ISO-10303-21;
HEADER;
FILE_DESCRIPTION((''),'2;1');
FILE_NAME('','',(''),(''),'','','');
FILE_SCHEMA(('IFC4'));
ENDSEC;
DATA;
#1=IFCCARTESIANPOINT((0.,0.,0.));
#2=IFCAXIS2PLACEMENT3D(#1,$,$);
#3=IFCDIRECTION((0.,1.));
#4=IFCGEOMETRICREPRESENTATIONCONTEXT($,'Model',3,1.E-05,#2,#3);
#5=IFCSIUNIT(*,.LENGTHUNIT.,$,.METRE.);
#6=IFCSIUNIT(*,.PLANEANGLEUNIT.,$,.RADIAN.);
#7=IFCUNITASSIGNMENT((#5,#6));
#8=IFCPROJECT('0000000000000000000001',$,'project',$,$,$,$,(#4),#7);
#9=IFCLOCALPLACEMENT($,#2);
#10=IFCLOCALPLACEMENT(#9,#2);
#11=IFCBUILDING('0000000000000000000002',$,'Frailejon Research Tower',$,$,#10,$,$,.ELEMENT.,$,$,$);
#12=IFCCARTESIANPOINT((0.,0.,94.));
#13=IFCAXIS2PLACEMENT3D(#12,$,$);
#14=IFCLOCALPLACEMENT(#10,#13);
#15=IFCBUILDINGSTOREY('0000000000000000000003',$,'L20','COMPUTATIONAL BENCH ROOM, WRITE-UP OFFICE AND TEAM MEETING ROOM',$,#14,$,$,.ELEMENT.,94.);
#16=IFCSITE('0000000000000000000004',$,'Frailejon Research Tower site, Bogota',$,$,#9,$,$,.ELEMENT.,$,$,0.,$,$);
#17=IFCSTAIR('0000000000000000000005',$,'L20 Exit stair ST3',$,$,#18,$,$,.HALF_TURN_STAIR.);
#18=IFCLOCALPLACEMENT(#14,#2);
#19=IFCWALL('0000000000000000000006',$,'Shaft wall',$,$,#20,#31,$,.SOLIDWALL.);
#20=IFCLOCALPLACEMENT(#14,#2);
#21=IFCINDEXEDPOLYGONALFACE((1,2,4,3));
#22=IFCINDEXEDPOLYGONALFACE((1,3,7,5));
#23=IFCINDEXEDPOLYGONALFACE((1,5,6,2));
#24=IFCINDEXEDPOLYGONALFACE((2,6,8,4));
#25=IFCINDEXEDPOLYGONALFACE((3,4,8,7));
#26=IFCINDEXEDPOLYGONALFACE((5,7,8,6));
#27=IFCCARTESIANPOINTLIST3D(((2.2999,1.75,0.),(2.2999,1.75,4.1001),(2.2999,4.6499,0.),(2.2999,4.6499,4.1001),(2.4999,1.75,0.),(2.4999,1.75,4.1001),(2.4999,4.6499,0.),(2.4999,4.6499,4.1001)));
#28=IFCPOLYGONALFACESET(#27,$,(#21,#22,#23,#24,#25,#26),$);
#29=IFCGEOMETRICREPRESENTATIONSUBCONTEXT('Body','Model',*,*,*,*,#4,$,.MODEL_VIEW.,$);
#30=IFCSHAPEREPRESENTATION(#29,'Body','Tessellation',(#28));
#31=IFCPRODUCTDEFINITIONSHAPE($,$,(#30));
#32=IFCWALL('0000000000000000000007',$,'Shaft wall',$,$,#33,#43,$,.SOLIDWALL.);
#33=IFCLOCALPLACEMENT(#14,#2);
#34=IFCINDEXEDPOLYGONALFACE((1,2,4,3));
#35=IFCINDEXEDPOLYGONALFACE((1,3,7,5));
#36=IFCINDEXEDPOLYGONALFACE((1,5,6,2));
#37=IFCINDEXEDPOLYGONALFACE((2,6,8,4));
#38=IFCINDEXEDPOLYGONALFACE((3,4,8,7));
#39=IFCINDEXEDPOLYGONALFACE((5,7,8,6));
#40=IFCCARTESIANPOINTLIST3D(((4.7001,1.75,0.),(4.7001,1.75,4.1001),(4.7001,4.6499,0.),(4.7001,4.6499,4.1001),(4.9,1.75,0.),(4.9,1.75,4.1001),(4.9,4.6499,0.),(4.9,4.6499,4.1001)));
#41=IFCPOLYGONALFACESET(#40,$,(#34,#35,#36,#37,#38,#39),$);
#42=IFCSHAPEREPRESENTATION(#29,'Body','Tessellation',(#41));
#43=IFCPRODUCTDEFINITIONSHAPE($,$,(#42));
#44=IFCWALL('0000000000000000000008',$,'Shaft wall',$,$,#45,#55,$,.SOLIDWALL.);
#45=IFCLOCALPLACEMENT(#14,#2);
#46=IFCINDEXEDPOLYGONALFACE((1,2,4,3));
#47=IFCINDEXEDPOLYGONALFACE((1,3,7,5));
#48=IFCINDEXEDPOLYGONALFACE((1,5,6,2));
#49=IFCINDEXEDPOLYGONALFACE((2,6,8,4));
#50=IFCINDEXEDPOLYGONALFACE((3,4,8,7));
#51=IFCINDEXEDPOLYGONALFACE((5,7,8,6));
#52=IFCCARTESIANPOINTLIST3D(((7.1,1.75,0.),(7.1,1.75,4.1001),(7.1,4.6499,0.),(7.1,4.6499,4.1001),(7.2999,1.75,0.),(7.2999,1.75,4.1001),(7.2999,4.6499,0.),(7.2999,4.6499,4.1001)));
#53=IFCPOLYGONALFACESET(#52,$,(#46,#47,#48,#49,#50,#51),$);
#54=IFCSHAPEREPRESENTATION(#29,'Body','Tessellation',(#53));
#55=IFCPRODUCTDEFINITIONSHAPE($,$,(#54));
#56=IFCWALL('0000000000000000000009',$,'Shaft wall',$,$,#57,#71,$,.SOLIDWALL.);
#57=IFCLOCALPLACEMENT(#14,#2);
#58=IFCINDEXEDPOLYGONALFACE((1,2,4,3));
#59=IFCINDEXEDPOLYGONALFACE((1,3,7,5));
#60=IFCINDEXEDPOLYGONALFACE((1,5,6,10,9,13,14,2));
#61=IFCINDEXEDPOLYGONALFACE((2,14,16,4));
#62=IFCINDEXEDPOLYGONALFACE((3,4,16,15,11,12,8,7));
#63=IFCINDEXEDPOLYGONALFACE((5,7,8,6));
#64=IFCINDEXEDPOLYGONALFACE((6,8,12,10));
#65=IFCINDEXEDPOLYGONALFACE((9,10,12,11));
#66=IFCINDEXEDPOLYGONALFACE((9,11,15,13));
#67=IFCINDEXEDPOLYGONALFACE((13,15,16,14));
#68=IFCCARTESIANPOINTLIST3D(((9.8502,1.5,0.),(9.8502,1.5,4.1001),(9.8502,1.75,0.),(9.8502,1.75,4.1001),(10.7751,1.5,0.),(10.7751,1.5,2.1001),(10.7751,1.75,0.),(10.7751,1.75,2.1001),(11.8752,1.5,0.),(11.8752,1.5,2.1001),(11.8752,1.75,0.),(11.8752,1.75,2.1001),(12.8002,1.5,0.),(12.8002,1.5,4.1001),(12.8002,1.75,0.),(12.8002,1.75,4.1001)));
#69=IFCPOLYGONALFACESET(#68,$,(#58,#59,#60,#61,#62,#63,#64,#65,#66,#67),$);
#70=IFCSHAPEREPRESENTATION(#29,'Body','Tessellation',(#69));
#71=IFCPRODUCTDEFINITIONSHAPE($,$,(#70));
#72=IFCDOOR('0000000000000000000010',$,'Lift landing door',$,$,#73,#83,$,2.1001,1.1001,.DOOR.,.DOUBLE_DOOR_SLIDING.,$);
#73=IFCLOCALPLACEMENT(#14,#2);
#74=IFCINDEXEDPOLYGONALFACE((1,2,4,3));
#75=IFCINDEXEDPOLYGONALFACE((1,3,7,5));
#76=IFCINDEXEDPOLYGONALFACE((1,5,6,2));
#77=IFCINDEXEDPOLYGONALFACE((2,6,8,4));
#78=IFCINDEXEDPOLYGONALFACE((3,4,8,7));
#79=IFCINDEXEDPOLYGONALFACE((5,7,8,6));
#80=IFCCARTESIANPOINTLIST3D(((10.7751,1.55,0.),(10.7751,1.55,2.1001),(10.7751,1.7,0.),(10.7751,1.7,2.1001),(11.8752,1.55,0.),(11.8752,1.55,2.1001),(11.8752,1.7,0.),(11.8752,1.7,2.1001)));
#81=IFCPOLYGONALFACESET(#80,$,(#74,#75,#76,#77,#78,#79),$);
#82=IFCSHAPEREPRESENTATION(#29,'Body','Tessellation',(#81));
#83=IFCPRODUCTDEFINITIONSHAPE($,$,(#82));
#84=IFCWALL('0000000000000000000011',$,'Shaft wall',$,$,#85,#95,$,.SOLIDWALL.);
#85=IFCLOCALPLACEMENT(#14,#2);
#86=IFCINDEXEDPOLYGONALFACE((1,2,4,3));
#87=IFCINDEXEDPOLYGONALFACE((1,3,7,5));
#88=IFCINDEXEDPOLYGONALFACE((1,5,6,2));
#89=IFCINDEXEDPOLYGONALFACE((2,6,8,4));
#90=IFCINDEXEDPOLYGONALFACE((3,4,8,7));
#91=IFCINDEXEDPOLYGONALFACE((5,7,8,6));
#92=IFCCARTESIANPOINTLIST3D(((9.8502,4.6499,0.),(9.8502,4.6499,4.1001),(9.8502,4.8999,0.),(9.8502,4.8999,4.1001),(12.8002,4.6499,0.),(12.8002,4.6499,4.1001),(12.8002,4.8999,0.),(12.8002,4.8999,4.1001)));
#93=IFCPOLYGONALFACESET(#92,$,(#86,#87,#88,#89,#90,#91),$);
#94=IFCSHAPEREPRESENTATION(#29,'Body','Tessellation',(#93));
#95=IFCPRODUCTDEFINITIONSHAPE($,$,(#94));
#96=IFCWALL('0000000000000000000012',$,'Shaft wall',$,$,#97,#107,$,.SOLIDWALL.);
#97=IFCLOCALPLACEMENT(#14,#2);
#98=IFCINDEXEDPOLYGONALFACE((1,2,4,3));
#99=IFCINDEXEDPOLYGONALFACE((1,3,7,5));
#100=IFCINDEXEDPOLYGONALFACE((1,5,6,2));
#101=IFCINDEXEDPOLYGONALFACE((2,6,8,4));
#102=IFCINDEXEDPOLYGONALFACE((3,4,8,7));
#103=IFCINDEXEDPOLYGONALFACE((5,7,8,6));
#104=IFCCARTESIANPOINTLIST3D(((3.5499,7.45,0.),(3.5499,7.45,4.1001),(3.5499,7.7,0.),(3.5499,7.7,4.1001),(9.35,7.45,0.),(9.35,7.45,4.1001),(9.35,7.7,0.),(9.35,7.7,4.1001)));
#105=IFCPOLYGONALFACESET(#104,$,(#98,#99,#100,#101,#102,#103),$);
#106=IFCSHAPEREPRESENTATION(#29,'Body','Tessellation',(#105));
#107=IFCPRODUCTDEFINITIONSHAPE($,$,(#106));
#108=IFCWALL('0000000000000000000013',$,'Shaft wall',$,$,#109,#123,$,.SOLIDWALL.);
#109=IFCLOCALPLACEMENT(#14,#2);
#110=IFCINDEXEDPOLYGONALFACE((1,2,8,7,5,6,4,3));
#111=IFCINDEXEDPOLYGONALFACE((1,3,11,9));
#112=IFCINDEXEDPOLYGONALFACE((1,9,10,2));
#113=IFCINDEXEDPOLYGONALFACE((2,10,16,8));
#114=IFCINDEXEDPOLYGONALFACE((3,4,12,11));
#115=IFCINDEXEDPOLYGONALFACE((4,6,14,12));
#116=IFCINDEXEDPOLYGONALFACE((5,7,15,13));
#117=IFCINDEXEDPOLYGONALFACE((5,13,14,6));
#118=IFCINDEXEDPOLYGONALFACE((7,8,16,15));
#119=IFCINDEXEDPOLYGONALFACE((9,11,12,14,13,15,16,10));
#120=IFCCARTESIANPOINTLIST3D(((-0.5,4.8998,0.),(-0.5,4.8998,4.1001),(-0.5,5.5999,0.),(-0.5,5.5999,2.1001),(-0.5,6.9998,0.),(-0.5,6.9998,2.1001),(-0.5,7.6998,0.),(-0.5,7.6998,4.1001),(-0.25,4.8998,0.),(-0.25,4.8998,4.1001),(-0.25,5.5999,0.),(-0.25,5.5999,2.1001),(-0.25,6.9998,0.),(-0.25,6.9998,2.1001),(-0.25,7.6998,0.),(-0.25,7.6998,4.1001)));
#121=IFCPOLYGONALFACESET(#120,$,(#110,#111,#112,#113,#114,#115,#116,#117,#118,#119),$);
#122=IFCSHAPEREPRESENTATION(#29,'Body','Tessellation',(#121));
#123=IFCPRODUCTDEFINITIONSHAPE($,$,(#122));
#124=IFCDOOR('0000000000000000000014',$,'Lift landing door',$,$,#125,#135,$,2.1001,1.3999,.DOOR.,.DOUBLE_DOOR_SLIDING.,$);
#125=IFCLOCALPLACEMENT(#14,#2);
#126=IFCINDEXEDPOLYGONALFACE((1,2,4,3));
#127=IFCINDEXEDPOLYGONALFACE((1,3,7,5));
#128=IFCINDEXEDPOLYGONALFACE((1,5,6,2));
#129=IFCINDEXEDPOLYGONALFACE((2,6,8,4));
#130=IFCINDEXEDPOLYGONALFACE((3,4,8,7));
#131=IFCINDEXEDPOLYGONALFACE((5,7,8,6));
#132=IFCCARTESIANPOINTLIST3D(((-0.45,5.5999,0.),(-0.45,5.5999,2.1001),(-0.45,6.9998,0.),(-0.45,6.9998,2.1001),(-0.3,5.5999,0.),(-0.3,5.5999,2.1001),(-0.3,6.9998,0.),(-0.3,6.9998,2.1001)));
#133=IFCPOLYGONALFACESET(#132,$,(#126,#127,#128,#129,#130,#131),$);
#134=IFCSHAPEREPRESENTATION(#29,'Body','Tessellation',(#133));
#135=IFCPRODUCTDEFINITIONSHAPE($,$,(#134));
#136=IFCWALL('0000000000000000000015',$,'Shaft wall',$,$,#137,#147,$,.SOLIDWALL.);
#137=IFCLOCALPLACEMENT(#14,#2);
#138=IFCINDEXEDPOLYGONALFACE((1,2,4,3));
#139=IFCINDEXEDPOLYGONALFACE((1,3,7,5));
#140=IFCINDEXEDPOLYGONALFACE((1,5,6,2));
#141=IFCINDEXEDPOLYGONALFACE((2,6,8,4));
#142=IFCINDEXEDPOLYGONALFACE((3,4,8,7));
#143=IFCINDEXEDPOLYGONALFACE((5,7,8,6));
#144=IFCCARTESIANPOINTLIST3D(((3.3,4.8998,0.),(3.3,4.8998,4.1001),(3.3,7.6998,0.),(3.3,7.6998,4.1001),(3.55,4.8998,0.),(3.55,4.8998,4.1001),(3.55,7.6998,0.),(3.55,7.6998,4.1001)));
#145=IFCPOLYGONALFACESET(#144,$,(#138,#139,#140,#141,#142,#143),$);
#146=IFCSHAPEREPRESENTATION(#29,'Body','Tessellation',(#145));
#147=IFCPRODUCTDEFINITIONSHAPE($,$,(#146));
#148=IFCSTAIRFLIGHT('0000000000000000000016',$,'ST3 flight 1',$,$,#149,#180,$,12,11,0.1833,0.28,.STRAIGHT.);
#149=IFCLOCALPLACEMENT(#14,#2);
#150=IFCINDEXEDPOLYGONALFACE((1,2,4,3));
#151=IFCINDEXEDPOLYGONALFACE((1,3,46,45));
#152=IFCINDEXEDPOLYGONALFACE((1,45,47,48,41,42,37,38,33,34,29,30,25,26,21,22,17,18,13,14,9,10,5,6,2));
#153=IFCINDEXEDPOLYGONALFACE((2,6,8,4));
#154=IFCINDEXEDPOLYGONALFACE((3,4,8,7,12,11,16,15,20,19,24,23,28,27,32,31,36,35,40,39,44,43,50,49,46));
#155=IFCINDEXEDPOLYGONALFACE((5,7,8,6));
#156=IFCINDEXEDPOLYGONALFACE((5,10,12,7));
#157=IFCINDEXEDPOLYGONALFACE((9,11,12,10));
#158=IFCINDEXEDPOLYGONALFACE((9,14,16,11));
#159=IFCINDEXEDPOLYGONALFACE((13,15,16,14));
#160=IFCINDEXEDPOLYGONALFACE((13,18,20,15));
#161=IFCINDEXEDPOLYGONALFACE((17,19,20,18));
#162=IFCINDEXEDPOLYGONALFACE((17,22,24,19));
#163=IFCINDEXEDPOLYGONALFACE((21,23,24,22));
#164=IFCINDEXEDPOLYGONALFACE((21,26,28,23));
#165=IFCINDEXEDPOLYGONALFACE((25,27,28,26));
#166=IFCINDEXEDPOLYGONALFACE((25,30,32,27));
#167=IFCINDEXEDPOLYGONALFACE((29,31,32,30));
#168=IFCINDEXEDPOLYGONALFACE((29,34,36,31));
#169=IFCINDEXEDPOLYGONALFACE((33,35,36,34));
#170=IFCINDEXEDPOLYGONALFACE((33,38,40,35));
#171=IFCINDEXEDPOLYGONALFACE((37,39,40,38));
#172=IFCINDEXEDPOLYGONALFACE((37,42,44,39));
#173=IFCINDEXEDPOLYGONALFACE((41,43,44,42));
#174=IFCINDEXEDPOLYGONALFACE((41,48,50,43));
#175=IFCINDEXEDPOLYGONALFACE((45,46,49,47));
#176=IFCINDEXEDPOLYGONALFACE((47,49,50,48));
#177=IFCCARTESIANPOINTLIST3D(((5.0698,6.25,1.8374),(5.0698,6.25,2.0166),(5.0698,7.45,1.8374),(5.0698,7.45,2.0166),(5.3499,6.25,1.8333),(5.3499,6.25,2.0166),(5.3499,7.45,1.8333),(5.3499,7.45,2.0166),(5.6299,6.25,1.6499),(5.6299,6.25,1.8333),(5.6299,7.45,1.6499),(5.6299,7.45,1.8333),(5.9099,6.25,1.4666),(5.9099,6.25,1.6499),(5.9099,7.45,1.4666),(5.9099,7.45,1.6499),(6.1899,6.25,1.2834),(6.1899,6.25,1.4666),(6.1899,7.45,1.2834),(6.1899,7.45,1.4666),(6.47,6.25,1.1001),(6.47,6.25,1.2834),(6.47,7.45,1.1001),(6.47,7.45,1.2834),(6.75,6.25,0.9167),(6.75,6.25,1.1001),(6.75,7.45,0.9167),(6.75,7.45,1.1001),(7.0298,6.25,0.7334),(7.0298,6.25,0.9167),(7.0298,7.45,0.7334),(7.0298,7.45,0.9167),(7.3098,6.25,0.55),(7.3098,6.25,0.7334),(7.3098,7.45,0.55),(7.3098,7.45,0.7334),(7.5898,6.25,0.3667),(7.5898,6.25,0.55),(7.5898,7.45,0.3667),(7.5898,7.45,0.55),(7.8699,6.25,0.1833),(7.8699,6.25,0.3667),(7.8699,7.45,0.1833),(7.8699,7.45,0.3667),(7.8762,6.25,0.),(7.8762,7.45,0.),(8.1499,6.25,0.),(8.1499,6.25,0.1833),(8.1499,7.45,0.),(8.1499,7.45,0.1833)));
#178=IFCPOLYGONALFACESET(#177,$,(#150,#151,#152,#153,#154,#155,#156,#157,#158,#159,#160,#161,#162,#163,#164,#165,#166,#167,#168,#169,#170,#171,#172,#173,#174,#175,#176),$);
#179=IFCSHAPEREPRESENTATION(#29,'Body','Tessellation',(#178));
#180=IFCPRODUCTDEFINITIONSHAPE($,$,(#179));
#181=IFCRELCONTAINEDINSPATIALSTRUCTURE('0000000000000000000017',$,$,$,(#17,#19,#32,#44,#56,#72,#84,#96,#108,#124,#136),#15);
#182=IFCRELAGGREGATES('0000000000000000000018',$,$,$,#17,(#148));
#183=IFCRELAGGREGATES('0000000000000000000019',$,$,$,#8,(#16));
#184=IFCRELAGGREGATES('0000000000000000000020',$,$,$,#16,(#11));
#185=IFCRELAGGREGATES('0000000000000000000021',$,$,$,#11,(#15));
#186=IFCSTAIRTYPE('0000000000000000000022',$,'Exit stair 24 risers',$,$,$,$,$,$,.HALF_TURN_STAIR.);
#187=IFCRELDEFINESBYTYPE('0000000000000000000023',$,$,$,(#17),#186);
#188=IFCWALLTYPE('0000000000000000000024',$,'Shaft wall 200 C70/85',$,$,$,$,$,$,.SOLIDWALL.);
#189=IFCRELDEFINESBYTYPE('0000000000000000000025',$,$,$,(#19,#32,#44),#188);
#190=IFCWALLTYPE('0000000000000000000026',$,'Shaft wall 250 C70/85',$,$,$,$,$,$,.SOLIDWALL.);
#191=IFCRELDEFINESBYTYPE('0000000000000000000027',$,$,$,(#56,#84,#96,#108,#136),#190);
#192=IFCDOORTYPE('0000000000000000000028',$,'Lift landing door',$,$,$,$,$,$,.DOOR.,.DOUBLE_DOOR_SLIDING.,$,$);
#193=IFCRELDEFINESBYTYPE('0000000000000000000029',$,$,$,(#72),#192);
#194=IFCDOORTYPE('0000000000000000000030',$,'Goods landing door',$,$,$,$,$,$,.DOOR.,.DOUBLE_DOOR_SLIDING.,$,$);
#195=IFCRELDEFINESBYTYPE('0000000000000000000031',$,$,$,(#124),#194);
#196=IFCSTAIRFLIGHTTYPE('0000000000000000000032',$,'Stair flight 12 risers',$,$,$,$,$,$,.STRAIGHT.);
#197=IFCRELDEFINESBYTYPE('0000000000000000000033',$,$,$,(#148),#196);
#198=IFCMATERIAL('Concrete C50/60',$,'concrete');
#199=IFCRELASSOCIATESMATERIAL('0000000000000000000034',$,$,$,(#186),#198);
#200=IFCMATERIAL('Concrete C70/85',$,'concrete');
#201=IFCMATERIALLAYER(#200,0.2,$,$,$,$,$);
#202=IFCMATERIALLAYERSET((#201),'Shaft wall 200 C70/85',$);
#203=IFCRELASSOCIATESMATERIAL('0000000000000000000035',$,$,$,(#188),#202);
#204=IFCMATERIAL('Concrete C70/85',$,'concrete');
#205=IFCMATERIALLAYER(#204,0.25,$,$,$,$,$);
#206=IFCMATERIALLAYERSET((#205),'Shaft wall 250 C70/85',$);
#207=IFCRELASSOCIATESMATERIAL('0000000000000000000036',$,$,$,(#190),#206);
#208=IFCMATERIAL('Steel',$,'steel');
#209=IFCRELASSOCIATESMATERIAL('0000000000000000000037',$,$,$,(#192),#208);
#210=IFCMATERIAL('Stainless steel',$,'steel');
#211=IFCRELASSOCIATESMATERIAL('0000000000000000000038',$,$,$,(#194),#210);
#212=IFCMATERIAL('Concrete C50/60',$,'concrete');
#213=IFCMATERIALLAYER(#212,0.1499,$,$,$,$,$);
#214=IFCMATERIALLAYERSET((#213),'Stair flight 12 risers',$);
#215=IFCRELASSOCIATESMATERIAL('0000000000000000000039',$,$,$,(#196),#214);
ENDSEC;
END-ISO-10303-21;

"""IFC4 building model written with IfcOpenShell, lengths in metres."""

from ifc_helpers import new_model, si_unit, direction, frame, frame_2d, origin, place, context, subcontext, project, spatial, polyline, rectangle, outline, extrude, material, layer, layer_set, type_object, element, fill, aggregate, save


model = new_model("IFC4")

# Units and contexts
model_context = context("Model", 3, precision=1e-05, world=origin(), true_north=direction((0.0, 1.0)))
body_context = subcontext(model_context, "Body", "Model", "MODEL_VIEW")
ifc_project = project(units=[si_unit("LENGTHUNIT", "METRE"), si_unit("PLANEANGLEUNIT", "RADIAN")], contexts=[model_context])

# Site, building, storey
site_placement = place(None, origin())
site = spatial("IfcSite", under=ifc_project, at=site_placement, Name="Frailejon Research Tower site, Bogota", CompositionType="ELEMENT", RefElevation=0.0)
building_placement = place(site_placement, origin())
building = spatial("IfcBuilding", under=site, at=building_placement, Name="Frailejon Research Tower", CompositionType="ELEMENT")
storey_placement = place(building_placement, frame((0.0, 0.0, 94.0)))
storey = spatial("IfcBuildingStorey", under=building, at=storey_placement, Name="L20", Description="COMPUTATIONAL BENCH ROOM, WRITE-UP OFFICE AND TEAM MEETING ROOM", CompositionType="ELEMENT", Elevation=94.0)

# Stair
ifc_material_1 = material(Name="Concrete C50/60", Category="concrete")
stair_type = type_object("IfcStairType", Name="Exit stair 24 risers", PredefinedType="HALF_TURN_STAIR", material=ifc_material_1)
stair_placement = place(storey_placement, origin())
stair = element("IfcStair", 1, at=stair_placement, inside=storey, type_object=stair_type, Name="L20 Exit stair ST3", PredefinedType="HALF_TURN_STAIR")

# Walls
ifc_material_2 = material(Name="Concrete C70/85", Category="concrete")
ifc_layer_1 = layer(ifc_material_2, 0.2)
ifc_layer_set_1 = layer_set([ifc_layer_1], Name="Shaft wall 200 C70/85")
wall_type_1 = type_object("IfcWallType", Name="Shaft wall 200 C70/85", PredefinedType="SOLIDWALL", material=ifc_layer_set_1)
for number, where, z_axis, x_axis, name in (
    (2, (2.3999, 1.75, 0.0), (0.0, 0.0, 1.0), (0.0, 1.0, 0.0), "Shaft wall"),
    (3, (4.8, 1.75, 0.0), (0.0, 0.0, 1.0), (0.0, 1.0, 0.0), "Shaft wall"),
    (4, (7.2, 1.75, 0.0), (0.0, 0.0, 1.0), (0.0, 1.0, 0.0), "Shaft wall"),
):
    element("IfcWall", number, at=place(storey_placement, frame(where, z_axis=z_axis, x_axis=x_axis)), inside=storey, type_object=wall_type_1, Name=name, PredefinedType="SOLIDWALL", context=body_context, shape_type="SweptSolid", body=[
        extrude(rectangle(XDim=2.8999, YDim=0.2, at=frame_2d((1.45, 0.0))), origin(), (0.0, 0.0, 1.0), 4.1001),
    ])

# Wall, opening, door
ifc_material_3 = material(Name="Concrete C70/85", Category="concrete")
ifc_layer_2 = layer(ifc_material_3, 0.25)
ifc_layer_set_2 = layer_set([ifc_layer_2], Name="Shaft wall 250 C70/85")
wall_type_2 = type_object("IfcWallType", Name="Shaft wall 250 C70/85", PredefinedType="SOLIDWALL", material=ifc_layer_set_2)
wall_1_placement = place(storey_placement, frame((9.8501, 1.625, 0.0), z_axis=(0.0, 0.0, 1.0), x_axis=(1.0, 0.0, 0.0)))
wall_1 = element("IfcWall", 5, at=wall_1_placement, inside=storey, type_object=wall_type_2, Name="Shaft wall", PredefinedType="SOLIDWALL", context=body_context, shape_type="SweptSolid", body=[
    extrude(rectangle(XDim=2.95, YDim=0.25, at=frame_2d((1.4751, 0.0))), origin(), (0.0, 0.0, 1.0), 4.1001),
])
opening_1_placement = place(wall_1_placement, frame((0.925, 0.0, 0.0)))
opening_1 = element("IfcOpeningElement", 6, at=opening_1_placement, cuts=wall_1, PredefinedType="OPENING", context=body_context, shape_type="SweptSolid", body=[
    extrude(rectangle(XDim=1.1001, YDim=2.1001, at=frame_2d((0.55, 1.05))), frame((0.0, 0.135, 0.0), z_axis=(0.0, -1.0, 0.0), x_axis=(1.0, 0.0, 0.0)), (0.0, 0.0, 1.0), 0.27),
])
ifc_material_4 = material(Name="Steel", Category="steel")
door_type_1 = type_object("IfcDoorType", Name="Lift landing door", OperationType="DOUBLE_DOOR_SLIDING", PredefinedType="DOOR", material=ifc_material_4)
door_1_placement = place(opening_1_placement, origin())
door_1 = element("IfcDoor", 7, at=door_1_placement, inside=storey, type_object=door_type_1, Name="Lift landing door", OperationType="DOUBLE_DOOR_SLIDING", OverallHeight=2.1001, OverallWidth=1.1001, PredefinedType="DOOR", context=body_context, shape_type="SweptSolid", body=[
    extrude(rectangle(XDim=1.1001, YDim=2.1001, at=frame_2d((0.55, 1.05))), frame((0.0, 0.075, 0.0), z_axis=(0.0, -1.0, 0.0), x_axis=(1.0, 0.0, 0.0)), (0.0, 0.0, 1.0), 0.1499),
])
fill(opening_1, door_1)

# Walls
wall_2_placement = place(storey_placement, frame((9.8501, 4.7749, 0.0), z_axis=(0.0, 0.0, 1.0), x_axis=(1.0, 0.0, 0.0)))
element("IfcWall", 8, at=wall_2_placement, inside=storey, type_object=wall_type_2, Name="Shaft wall", PredefinedType="SOLIDWALL", context=body_context, shape_type="SweptSolid", body=[
    extrude(rectangle(XDim=2.95, YDim=0.25, at=frame_2d((1.4751, 0.0))), origin(), (0.0, 0.0, 1.0), 4.1001),
])
wall_3_placement = place(storey_placement, frame((3.55, 7.575, 0.0), z_axis=(0.0, 0.0, 1.0), x_axis=(1.0, 0.0, 0.0)))
element("IfcWall", 9, at=wall_3_placement, inside=storey, type_object=wall_type_2, Name="Shaft wall", PredefinedType="SOLIDWALL", context=body_context, shape_type="SweptSolid", body=[
    extrude(rectangle(XDim=5.8, YDim=0.25, at=frame_2d((2.8999, 0.0))), origin(), (0.0, 0.0, 1.0), 4.1001),
])

# Wall, opening, door
wall_4_placement = place(storey_placement, frame((-0.375, 4.8999, 0.0), z_axis=(0.0, 0.0, 1.0), x_axis=(0.0, 1.0, 0.0)))
wall_4 = element("IfcWall", 10, at=wall_4_placement, inside=storey, type_object=wall_type_2, Name="Shaft wall", PredefinedType="SOLIDWALL", context=body_context, shape_type="SweptSolid", body=[
    extrude(rectangle(XDim=2.8, YDim=0.25, at=frame_2d((1.3999, 0.0))), origin(), (0.0, 0.0, 1.0), 4.1001),
])
opening_2_placement = place(wall_4_placement, frame((0.7, 0.0, 0.0)))
opening_2 = element("IfcOpeningElement", 11, at=opening_2_placement, cuts=wall_4, PredefinedType="OPENING", context=body_context, shape_type="SweptSolid", body=[
    extrude(rectangle(XDim=1.3999, YDim=2.1001, at=frame_2d((0.7, 1.05))), frame((0.0, 0.135, 0.0), z_axis=(0.0, -1.0, 0.0), x_axis=(1.0, 0.0, 0.0)), (0.0, 0.0, 1.0), 0.27),
])
ifc_material_5 = material(Name="Stainless steel", Category="steel")
door_type_2 = type_object("IfcDoorType", Name="Goods landing door", OperationType="DOUBLE_DOOR_SLIDING", PredefinedType="DOOR", material=ifc_material_5)
door_2_placement = place(opening_2_placement, origin())
door_2 = element("IfcDoor", 12, at=door_2_placement, inside=storey, type_object=door_type_2, Name="Lift landing door", OperationType="DOUBLE_DOOR_SLIDING", OverallHeight=2.1001, OverallWidth=1.3999, PredefinedType="DOOR", context=body_context, shape_type="SweptSolid", body=[
    extrude(rectangle(XDim=1.3999, YDim=2.1001, at=frame_2d((0.7, 1.05))), frame((0.0, 0.075, 0.0), z_axis=(0.0, -1.0, 0.0), x_axis=(1.0, 0.0, 0.0)), (0.0, 0.0, 1.0), 0.1499),
])
fill(opening_2, door_2)

# Wall
wall_5_placement = place(storey_placement, frame((3.425, 4.8999, 0.0), z_axis=(0.0, 0.0, 1.0), x_axis=(0.0, 1.0, 0.0)))
element("IfcWall", 13, at=wall_5_placement, inside=storey, type_object=wall_type_2, Name="Shaft wall", PredefinedType="SOLIDWALL", context=body_context, shape_type="SweptSolid", body=[
    extrude(rectangle(XDim=2.8, YDim=0.25, at=frame_2d((1.3999, 0.0))), origin(), (0.0, 0.0, 1.0), 4.1001),
])

# Stair flight
ifc_material_6 = material(Name="Concrete C50/60", Category="concrete")
ifc_layer_3 = layer(ifc_material_6, 0.1499)
ifc_layer_set_3 = layer_set([ifc_layer_3], Name="Stair flight 12 risers")
stair_flight_type = type_object("IfcStairFlightType", Name="Stair flight 12 risers", PredefinedType="STRAIGHT", material=ifc_layer_set_3)
stair_flight_1_placement = place(storey_placement, frame((8.1499, 6.8501, 0.0), z_axis=(0.0, 0.0, 1.0), x_axis=(-1.0, 0.0, 0.0)))
stair_flight_1 = element("IfcStairFlight", 14, at=stair_flight_1_placement, type_object=stair_flight_type, Name="ST3 flight 1", NumberOfRisers=12, NumberOfTreads=11, PredefinedType="STRAIGHT", RiserHeight=0.1833, TreadLength=0.28, context=body_context, shape_type="SweptSolid", body=[
    extrude(outline(polyline([(0.0, 0.0), (0.0, 0.1833), (0.28, 0.1833), (0.28, 0.3667), (0.5601, 0.3667), (0.5601, 0.55), (0.8401, 0.55), (0.8401, 0.7334), (1.1201, 0.7334), (1.1201, 0.9167), (1.3999, 0.9167), (1.3999, 1.1001), (1.6799, 1.1001), (1.6799, 1.2834), (1.96, 1.2834), (1.96, 1.4666), (2.24, 1.4666), (2.24, 1.6499), (2.52, 1.6499), (2.52, 1.8333), (2.8, 1.8333), (2.8, 2.0166), (3.0801, 2.0166), (3.0801, 2.2), (3.0801, 1.8374), (0.2737, 0.0), (0.0, 0.0)])), frame((0.0, 0.6001, 0.0), z_axis=(0.0, -1.0, 0.0), x_axis=(1.0, 0.0, 0.0)), (0.0, 0.0, 1.0), 1.2),
])
aggregate(stair, [stair_flight_1])

save(model, "model.ifc")
